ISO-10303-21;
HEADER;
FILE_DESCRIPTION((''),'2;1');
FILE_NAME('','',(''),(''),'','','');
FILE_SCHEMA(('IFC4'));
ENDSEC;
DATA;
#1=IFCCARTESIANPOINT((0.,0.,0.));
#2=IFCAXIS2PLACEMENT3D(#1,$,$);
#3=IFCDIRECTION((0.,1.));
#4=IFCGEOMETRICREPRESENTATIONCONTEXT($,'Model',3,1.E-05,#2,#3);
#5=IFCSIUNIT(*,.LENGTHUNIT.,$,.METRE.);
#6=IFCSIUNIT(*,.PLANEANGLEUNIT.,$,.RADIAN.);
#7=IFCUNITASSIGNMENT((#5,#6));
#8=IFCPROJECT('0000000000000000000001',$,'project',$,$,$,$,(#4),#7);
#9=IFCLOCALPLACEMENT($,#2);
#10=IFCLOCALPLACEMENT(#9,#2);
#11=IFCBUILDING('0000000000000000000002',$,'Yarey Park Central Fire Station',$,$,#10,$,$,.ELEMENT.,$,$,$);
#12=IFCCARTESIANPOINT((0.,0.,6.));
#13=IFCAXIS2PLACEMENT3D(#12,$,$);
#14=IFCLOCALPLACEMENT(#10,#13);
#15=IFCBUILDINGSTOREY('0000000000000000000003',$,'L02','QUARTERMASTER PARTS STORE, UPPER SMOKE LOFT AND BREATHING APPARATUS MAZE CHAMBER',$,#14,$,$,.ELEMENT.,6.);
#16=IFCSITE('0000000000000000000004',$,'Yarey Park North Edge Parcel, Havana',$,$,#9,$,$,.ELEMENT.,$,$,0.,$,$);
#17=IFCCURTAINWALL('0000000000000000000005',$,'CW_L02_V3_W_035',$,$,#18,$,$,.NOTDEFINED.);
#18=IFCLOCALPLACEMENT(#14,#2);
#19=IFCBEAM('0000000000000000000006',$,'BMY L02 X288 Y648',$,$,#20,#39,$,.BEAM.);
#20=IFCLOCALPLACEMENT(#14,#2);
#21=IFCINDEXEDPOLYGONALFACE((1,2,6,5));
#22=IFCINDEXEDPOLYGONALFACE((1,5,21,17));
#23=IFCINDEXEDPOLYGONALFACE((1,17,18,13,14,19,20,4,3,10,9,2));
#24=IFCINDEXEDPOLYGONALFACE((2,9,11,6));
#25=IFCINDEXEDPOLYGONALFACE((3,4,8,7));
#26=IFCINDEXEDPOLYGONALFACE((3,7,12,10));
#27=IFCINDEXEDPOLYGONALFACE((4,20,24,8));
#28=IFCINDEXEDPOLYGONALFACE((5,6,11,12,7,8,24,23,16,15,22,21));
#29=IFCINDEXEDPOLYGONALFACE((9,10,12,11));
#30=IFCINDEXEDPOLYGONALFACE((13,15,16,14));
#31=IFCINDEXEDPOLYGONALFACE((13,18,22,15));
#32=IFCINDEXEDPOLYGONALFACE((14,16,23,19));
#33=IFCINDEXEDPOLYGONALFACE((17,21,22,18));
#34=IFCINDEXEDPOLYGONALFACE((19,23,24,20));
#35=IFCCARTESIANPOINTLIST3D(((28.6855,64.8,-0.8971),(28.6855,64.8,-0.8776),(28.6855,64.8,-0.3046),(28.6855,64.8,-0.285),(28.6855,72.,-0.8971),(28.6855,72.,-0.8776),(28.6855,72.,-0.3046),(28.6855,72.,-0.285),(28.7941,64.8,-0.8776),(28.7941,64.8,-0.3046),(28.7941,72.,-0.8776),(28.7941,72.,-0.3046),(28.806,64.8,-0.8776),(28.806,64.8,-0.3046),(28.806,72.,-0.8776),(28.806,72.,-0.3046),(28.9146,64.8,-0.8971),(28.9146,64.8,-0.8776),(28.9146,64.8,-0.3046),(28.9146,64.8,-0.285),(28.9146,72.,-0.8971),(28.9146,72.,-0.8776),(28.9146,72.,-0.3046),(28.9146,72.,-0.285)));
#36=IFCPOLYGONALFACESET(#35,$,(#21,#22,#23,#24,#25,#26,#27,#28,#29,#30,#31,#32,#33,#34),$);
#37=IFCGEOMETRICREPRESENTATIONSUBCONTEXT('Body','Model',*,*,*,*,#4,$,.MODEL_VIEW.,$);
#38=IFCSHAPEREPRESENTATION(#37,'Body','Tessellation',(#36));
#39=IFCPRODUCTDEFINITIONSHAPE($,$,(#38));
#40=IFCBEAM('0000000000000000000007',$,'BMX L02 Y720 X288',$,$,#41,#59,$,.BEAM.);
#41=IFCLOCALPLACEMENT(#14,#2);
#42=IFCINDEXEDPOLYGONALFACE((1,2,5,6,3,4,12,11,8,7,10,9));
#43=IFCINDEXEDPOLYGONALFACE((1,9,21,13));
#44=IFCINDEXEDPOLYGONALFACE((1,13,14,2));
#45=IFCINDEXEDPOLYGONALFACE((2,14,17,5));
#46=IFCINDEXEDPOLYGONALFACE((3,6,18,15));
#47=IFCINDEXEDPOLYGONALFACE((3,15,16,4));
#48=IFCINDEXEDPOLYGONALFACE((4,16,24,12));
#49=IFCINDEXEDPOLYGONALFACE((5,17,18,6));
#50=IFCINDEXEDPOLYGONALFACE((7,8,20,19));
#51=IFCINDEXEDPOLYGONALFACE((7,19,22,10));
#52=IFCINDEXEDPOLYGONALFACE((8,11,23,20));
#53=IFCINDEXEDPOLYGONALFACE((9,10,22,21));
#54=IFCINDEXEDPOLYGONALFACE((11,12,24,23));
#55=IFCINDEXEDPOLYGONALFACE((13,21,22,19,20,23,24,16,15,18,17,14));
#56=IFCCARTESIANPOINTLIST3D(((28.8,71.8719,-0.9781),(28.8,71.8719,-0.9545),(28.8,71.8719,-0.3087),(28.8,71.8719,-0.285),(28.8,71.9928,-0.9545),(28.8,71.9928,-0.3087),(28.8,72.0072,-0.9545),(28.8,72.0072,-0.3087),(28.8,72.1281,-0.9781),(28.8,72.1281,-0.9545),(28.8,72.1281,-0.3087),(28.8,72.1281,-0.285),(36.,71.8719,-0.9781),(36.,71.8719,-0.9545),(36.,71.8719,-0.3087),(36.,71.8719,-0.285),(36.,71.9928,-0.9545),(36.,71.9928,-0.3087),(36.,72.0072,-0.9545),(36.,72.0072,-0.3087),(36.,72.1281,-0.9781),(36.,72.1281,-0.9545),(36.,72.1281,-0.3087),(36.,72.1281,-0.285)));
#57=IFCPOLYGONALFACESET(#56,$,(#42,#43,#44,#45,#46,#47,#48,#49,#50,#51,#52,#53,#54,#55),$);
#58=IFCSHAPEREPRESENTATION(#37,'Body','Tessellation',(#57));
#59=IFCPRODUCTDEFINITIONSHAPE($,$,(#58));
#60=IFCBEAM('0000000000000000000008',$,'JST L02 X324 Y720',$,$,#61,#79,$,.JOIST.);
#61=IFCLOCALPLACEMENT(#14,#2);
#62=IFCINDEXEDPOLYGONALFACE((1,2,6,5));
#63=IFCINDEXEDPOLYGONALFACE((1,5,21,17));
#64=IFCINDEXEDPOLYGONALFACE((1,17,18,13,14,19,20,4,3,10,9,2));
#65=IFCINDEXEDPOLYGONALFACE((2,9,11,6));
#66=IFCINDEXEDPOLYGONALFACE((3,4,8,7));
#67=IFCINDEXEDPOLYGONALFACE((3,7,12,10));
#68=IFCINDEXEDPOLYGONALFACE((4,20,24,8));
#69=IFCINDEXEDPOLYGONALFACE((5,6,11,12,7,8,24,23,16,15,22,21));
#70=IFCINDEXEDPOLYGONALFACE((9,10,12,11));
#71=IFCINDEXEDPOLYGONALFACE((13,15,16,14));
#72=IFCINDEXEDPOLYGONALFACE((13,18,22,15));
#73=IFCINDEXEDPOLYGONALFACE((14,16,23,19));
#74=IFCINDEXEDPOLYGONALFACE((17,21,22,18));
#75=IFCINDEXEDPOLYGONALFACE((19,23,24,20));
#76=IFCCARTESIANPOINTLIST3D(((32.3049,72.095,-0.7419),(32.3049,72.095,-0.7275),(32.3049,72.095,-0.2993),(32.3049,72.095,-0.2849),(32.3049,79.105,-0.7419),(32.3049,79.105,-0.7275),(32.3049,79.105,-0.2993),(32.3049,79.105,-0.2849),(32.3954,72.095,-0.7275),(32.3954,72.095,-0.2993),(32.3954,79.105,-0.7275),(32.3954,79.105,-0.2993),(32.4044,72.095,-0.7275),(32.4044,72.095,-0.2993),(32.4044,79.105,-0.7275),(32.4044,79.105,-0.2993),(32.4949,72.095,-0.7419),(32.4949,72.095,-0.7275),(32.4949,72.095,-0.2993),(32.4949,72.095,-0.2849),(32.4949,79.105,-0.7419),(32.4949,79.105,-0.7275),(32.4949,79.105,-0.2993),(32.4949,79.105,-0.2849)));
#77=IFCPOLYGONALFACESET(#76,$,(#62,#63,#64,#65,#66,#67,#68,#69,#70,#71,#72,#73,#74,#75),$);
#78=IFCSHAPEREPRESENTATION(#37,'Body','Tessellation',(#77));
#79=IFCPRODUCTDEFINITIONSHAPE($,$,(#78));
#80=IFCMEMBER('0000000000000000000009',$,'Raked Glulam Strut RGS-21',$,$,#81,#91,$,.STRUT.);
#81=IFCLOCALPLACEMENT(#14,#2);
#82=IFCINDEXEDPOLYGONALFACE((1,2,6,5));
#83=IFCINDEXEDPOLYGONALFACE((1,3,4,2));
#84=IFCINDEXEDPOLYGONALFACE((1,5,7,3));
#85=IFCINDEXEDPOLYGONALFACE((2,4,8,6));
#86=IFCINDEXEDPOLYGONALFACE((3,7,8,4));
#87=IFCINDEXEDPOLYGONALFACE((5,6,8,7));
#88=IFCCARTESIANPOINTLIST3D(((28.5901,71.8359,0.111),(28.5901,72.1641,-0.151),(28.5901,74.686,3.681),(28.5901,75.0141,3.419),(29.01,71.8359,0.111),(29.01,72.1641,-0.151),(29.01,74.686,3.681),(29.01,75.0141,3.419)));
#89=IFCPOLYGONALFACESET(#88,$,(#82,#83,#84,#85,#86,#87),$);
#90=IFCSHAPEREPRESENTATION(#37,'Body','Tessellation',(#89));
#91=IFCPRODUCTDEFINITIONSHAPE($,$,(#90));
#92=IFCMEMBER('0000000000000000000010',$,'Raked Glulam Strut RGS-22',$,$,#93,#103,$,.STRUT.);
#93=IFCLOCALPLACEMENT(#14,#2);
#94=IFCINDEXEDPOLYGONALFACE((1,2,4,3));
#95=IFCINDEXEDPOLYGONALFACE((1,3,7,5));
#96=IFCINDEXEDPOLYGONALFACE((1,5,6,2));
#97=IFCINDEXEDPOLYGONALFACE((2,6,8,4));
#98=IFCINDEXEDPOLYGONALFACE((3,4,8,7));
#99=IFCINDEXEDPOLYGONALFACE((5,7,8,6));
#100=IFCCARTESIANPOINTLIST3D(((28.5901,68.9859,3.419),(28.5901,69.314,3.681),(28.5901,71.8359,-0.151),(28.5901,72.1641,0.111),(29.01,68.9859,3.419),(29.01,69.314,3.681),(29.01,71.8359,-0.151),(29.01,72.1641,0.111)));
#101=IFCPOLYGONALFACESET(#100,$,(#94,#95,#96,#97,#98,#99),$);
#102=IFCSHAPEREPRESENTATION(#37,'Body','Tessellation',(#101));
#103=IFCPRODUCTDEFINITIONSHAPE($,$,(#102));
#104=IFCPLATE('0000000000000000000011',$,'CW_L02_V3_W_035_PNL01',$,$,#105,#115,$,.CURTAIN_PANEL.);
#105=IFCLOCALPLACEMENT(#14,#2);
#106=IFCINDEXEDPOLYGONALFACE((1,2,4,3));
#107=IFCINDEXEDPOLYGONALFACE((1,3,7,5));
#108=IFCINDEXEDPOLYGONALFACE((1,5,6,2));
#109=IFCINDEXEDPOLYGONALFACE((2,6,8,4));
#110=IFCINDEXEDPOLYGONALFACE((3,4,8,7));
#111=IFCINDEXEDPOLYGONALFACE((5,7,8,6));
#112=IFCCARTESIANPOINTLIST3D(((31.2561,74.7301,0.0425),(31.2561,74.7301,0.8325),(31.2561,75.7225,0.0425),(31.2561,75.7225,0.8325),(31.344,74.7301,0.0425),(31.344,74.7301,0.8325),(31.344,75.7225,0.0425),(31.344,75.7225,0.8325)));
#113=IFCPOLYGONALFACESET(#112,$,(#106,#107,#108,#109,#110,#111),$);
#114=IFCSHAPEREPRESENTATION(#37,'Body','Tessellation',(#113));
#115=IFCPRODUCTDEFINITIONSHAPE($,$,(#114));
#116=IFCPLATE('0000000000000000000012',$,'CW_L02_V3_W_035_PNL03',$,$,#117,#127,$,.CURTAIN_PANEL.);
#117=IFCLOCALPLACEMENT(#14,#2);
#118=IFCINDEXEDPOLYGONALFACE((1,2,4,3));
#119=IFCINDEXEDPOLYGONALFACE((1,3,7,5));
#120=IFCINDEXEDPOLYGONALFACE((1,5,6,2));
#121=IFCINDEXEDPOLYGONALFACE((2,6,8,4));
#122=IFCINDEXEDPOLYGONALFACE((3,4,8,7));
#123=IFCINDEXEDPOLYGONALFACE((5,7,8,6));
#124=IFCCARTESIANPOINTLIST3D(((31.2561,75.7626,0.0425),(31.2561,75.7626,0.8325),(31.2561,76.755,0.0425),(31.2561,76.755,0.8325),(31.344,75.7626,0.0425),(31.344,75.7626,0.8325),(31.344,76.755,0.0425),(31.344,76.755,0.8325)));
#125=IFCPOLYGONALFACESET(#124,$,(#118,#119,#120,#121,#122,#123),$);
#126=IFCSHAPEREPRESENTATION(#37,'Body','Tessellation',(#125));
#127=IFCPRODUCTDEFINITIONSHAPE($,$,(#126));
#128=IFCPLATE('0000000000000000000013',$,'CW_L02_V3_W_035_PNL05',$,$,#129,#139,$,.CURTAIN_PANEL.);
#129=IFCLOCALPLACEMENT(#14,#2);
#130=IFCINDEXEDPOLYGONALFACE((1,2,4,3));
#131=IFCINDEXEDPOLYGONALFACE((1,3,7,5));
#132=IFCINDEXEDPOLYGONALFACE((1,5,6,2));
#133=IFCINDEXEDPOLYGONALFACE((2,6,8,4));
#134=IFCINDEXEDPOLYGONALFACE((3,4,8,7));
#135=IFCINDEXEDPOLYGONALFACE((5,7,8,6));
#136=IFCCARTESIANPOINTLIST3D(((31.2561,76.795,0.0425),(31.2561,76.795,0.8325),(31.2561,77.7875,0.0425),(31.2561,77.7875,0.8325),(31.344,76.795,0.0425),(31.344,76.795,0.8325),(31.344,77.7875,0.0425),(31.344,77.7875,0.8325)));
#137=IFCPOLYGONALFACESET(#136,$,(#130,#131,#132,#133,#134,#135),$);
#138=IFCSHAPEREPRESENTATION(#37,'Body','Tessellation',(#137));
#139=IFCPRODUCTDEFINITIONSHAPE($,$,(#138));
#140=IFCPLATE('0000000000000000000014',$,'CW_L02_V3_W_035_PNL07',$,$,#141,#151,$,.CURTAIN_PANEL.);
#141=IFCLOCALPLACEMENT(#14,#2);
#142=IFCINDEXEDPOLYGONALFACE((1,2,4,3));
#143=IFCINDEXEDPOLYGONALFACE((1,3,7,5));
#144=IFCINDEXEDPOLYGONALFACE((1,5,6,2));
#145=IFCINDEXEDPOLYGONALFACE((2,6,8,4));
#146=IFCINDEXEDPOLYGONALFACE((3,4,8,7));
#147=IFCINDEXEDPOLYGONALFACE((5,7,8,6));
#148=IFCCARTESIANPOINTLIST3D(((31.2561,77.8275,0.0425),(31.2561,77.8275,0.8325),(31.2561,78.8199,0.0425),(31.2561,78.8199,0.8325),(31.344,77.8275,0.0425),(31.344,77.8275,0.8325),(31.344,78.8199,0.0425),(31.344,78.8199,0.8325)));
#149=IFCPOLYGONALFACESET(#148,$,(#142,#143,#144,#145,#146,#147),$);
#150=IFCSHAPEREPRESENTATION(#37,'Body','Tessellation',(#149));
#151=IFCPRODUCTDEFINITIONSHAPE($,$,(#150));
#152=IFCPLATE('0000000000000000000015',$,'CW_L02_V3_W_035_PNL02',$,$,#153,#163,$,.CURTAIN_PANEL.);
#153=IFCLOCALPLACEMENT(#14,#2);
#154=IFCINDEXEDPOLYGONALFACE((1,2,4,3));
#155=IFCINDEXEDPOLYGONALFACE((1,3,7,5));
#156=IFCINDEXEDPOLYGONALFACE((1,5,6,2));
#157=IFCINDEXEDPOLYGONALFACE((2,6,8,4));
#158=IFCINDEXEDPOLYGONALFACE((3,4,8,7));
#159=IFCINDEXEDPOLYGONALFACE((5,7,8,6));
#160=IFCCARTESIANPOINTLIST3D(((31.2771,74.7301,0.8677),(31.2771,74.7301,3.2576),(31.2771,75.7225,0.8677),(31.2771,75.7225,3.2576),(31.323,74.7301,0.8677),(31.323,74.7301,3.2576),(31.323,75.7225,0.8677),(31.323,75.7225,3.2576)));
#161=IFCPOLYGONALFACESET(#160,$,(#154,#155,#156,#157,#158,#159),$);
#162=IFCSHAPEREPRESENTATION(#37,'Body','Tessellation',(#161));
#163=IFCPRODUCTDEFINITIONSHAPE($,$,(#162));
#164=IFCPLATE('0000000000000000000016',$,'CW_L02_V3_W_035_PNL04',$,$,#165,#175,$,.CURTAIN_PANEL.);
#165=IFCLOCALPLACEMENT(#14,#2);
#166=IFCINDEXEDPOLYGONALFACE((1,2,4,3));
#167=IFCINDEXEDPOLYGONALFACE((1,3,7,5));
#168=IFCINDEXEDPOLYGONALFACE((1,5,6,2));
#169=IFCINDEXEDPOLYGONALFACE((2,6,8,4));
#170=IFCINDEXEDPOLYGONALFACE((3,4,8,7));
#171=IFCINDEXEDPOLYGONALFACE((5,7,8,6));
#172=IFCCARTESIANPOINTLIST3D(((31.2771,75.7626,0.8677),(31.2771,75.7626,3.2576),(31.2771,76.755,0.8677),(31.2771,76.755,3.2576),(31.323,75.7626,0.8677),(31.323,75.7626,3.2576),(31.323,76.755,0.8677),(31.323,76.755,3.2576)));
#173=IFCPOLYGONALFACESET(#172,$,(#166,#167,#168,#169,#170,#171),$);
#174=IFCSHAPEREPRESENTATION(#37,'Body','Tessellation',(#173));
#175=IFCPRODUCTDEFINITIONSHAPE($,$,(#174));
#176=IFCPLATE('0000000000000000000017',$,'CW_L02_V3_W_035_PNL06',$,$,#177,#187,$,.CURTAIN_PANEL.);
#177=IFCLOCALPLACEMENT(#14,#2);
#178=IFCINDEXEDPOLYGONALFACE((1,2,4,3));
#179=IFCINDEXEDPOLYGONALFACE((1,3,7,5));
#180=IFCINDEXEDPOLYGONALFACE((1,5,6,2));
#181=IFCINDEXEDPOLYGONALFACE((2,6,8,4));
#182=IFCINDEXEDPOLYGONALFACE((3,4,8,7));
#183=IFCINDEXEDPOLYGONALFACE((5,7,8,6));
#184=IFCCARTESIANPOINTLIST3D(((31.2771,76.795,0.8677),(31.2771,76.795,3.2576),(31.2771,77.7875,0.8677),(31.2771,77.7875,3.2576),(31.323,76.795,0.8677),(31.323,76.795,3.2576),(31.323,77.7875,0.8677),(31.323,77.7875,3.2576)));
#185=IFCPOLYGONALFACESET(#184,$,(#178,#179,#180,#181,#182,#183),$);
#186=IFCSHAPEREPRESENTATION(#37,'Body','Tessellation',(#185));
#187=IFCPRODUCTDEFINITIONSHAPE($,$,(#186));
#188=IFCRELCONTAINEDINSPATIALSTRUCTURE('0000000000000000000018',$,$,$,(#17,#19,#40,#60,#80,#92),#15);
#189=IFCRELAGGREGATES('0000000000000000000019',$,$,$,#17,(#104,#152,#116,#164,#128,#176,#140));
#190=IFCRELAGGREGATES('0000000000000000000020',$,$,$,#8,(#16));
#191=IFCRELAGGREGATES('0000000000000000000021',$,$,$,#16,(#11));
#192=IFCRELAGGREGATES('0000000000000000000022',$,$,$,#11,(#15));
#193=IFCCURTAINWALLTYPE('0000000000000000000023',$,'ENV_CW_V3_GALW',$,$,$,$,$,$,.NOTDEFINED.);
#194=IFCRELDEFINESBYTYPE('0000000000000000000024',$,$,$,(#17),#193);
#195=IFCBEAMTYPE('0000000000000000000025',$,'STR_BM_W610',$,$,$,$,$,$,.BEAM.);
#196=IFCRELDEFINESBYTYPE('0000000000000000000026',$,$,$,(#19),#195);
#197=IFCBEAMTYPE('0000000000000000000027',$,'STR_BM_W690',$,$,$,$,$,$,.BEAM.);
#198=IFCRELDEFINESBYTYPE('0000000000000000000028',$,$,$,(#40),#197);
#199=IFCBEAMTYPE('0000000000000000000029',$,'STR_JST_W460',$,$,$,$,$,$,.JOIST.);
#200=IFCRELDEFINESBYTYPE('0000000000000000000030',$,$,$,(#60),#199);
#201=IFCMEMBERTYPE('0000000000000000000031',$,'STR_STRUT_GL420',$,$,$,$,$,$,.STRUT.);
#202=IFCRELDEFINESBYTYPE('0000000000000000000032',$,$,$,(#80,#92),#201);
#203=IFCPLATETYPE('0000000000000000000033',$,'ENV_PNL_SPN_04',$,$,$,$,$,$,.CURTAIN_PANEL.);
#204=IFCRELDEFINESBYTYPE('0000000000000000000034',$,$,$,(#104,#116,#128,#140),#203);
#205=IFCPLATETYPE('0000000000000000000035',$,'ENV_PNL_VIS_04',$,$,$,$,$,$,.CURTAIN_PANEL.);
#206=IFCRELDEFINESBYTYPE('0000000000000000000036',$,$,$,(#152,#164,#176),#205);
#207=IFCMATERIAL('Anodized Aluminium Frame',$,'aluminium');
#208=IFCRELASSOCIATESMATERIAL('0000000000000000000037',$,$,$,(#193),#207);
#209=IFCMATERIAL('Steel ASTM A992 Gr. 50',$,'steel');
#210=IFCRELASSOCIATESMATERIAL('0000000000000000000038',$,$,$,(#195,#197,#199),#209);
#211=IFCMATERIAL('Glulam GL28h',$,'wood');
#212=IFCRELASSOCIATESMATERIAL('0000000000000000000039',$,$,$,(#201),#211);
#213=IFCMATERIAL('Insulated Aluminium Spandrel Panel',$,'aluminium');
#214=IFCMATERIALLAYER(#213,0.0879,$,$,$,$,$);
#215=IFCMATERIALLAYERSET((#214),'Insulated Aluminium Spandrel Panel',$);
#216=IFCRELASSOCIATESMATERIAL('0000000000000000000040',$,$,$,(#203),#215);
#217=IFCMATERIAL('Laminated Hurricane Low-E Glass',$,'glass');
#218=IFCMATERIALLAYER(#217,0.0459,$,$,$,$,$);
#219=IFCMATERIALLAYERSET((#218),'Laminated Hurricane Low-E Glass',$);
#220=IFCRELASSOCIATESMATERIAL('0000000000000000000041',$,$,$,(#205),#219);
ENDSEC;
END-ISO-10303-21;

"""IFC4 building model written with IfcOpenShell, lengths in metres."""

from ifc_helpers import new_model, si_unit, direction, frame, origin, origin_2d, place, context, subcontext, project, spatial, rectangle, i_section, extrude, material, layer, layer_set, material_profile, profile_set, type_object, element, aggregate, save


model = new_model("IFC4")

# Units and contexts
model_context = context("Model", 3, precision=1e-05, world=origin(), true_north=direction((0.0, 1.0)))
body_context = subcontext(model_context, "Body", "Model", "MODEL_VIEW")
ifc_project = project(units=[si_unit("LENGTHUNIT", "METRE"), si_unit("PLANEANGLEUNIT", "RADIAN")], contexts=[model_context])

# Site, building, storey
site_placement = place(None, origin())
site = spatial("IfcSite", under=ifc_project, at=site_placement, Name="Yarey Park North Edge Parcel, Havana", CompositionType="ELEMENT", RefElevation=0.0)
building_placement = place(site_placement, origin())
building = spatial("IfcBuilding", under=site, at=building_placement, Name="Yarey Park Central Fire Station", CompositionType="ELEMENT")
storey_placement = place(building_placement, frame((0.0, 0.0, 6.0)))
storey = spatial("IfcBuildingStorey", under=building, at=storey_placement, Name="L02", Description="QUARTERMASTER PARTS STORE, UPPER SMOKE LOFT AND BREATHING APPARATUS MAZE CHAMBER", CompositionType="ELEMENT", Elevation=6.0)

# Shared definitions
ifc_material_1 = material(Name="Steel ASTM A992 Gr. 50", Category="steel")

# Curtain wall
ifc_material_2 = material(Name="Anodized Aluminium Frame", Category="aluminium")
curtain_wall_type = type_object("IfcCurtainWallType", Name="ENV_CW_V3_GALW", PredefinedType="NOTDEFINED", material=ifc_material_2)
curtain_wall_placement = place(storey_placement, origin())
curtain_wall = element("IfcCurtainWall", 1, at=curtain_wall_placement, inside=storey, type_object=curtain_wall_type, Name="CW_L02_V3_W_035", PredefinedType="NOTDEFINED")

# Beams
ifc_material_profile_1 = material_profile(ifc_material_1, i_section(OverallWidth=0.229, OverallDepth=0.6121, WebThickness=0.012, FlangeThickness=0.0195, at=origin_2d()), Name="W610x125")
ifc_profile_set_1 = profile_set([ifc_material_profile_1], Name="Steel ASTM A992 Gr. 50")
beam_type_1 = type_object("IfcBeamType", Name="STR_BM_W610", PredefinedType="BEAM", material=ifc_profile_set_1)
beam_1_placement = place(storey_placement, frame((28.8, 64.8, -0.5911), z_axis=(0.0, 1.0, 0.0), x_axis=(-1.0, 0.0, 0.0)))
element("IfcBeam", 2, at=beam_1_placement, inside=storey, type_object=beam_type_1, Name="BMY L02 X288 Y648", PredefinedType="BEAM", context=body_context, shape_type="SweptSolid", body=[
    extrude(i_section(OverallWidth=0.229, OverallDepth=0.6121, WebThickness=0.012, FlangeThickness=0.0195, at=origin_2d()), origin(), (0.0, 0.0, 1.0), 7.2),
])
ifc_material_profile_2 = material_profile(ifc_material_1, i_section(OverallWidth=0.2561, OverallDepth=0.6931, WebThickness=0.0144, FlangeThickness=0.0237, at=origin_2d()), Name="W690x170")
ifc_profile_set_2 = profile_set([ifc_material_profile_2], Name="Steel ASTM A992 Gr. 50")
beam_type_2 = type_object("IfcBeamType", Name="STR_BM_W690", PredefinedType="BEAM", material=ifc_profile_set_2)
beam_2_placement = place(storey_placement, frame((28.8, 72.0, -0.6316), z_axis=(1.0, 0.0, 0.0), x_axis=(0.0, 1.0, 0.0)))
element("IfcBeam", 3, at=beam_2_placement, inside=storey, type_object=beam_type_2, Name="BMX L02 Y720 X288", PredefinedType="BEAM", context=body_context, shape_type="SweptSolid", body=[
    extrude(i_section(OverallWidth=0.2561, OverallDepth=0.6931, WebThickness=0.0144, FlangeThickness=0.0237, at=origin_2d()), origin(), (0.0, 0.0, 1.0), 7.2),
])
ifc_material_profile_3 = material_profile(ifc_material_1, i_section(OverallWidth=0.1899, OverallDepth=0.457, WebThickness=0.009, FlangeThickness=0.0144, at=origin_2d()), Name="W460x74")
ifc_profile_set_3 = profile_set([ifc_material_profile_3], Name="Steel ASTM A992 Gr. 50")
beam_type_3 = type_object("IfcBeamType", Name="STR_JST_W460", PredefinedType="JOIST", material=ifc_profile_set_3)
beam_3_placement = place(storey_placement, frame((32.3999, 72.095, -0.5134), z_axis=(0.0, 1.0, 0.0), x_axis=(-1.0, 0.0, 0.0)))
element("IfcBeam", 4, at=beam_3_placement, inside=storey, type_object=beam_type_3, Name="JST L02 X324 Y720", PredefinedType="JOIST", context=body_context, shape_type="SweptSolid", body=[
    extrude(i_section(OverallWidth=0.1899, OverallDepth=0.457, WebThickness=0.009, FlangeThickness=0.0144, at=origin_2d()), origin(), (0.0, 0.0, 1.0), 7.01),
])

# Members
ifc_material_3 = material(Name="Glulam GL28h", Category="wood")
ifc_material_profile_4 = material_profile(ifc_material_3, rectangle(XDim=0.4199, YDim=0.4199, at=origin_2d()), Name="GL 420x420")
ifc_profile_set_4 = profile_set([ifc_material_profile_4], Name="Glulam GL28h")
member_type_1 = type_object("IfcMemberType", Name="STR_STRUT_GL420", PredefinedType="STRUT", material=ifc_profile_set_4)
for number, where, z_axis, x_axis, name in (
    (5, (28.8, 72.0, -0.02), (0.0, 0.6239, 0.781505), (-1.0, 0.0, 0.0), "Raked Glulam Strut RGS-21"),
    (6, (28.8, 72.0, -0.02), (0.0, -0.6239, 0.781505), (1.0, 0.0, 0.0), "Raked Glulam Strut RGS-22"),
):
    element("IfcMember", number, at=place(storey_placement, frame(where, z_axis=z_axis, x_axis=x_axis)), inside=storey, type_object=member_type_1, Name=name, PredefinedType="STRUT", context=body_context, shape_type="SweptSolid", body=[
        extrude(rectangle(XDim=0.4199, YDim=0.4199, at=origin_2d()), origin(), (0.0, 0.0, 1.0), 4.5681),
    ])

# Plates
ifc_material_4 = material(Name="Insulated Aluminium Spandrel Panel", Category="aluminium")
ifc_layer_1 = layer(ifc_material_4, 0.0879)
ifc_layer_set_1 = layer_set([ifc_layer_1], Name="Insulated Aluminium Spandrel Panel")
plate_type_1 = type_object("IfcPlateType", Name="ENV_PNL_SPN_04", PredefinedType="CURTAIN_PANEL", material=ifc_layer_set_1)
plate_1_placement = place(storey_placement, frame((31.3, 75.2263, 0.0425), z_axis=(0.0, 0.0, 1.0), x_axis=(0.0, 1.0, 0.0)))
plate_1 = element("IfcPlate", 7, at=plate_1_placement, type_object=plate_type_1, Name="CW_L02_V3_W_035_PNL01", PredefinedType="CURTAIN_PANEL", context=body_context, shape_type="SweptSolid", body=[
    extrude(rectangle(XDim=0.9924, YDim=0.0879, at=origin_2d()), origin(), (0.0, 0.0, 1.0), 0.79),
])
plate_2_placement = place(storey_placement, frame((31.3, 76.2588, 0.0425), z_axis=(0.0, 0.0, 1.0), x_axis=(0.0, 1.0, 0.0)))
plate_2 = element("IfcPlate", 8, at=plate_2_placement, type_object=plate_type_1, Name="CW_L02_V3_W_035_PNL03", PredefinedType="CURTAIN_PANEL", context=body_context, shape_type="SweptSolid", body=[
    extrude(rectangle(XDim=0.9924, YDim=0.0879, at=origin_2d()), origin(), (0.0, 0.0, 1.0), 0.79),
])
plate_3_placement = place(storey_placement, frame((31.3, 77.2913, 0.0425), z_axis=(0.0, 0.0, 1.0), x_axis=(0.0, 1.0, 0.0)))
plate_3 = element("IfcPlate", 9, at=plate_3_placement, type_object=plate_type_1, Name="CW_L02_V3_W_035_PNL05", PredefinedType="CURTAIN_PANEL", context=body_context, shape_type="SweptSolid", body=[
    extrude(rectangle(XDim=0.9924, YDim=0.0879, at=origin_2d()), origin(), (0.0, 0.0, 1.0), 0.79),
])
plate_4_placement = place(storey_placement, frame((31.3, 78.3237, 0.0425), z_axis=(0.0, 0.0, 1.0), x_axis=(0.0, 1.0, 0.0)))
plate_4 = element("IfcPlate", 10, at=plate_4_placement, type_object=plate_type_1, Name="CW_L02_V3_W_035_PNL07", PredefinedType="CURTAIN_PANEL", context=body_context, shape_type="SweptSolid", body=[
    extrude(rectangle(XDim=0.9924, YDim=0.0879, at=origin_2d()), origin(), (0.0, 0.0, 1.0), 0.79),
])
ifc_material_5 = material(Name="Laminated Hurricane Low-E Glass", Category="glass")
ifc_layer_2 = layer(ifc_material_5, 0.0459)
ifc_layer_set_2 = layer_set([ifc_layer_2], Name="Laminated Hurricane Low-E Glass")
plate_type_2 = type_object("IfcPlateType", Name="ENV_PNL_VIS_04", PredefinedType="CURTAIN_PANEL", material=ifc_layer_set_2)
plate_5_placement = place(storey_placement, frame((31.3, 75.2263, 0.8677), z_axis=(0.0, 0.0, 1.0), x_axis=(0.0, 1.0, 0.0)))
plate_5 = element("IfcPlate", 11, at=plate_5_placement, type_object=plate_type_2, Name="CW_L02_V3_W_035_PNL02", PredefinedType="CURTAIN_PANEL", context=body_context, shape_type="SweptSolid", body=[
    extrude(rectangle(XDim=0.9924, YDim=0.0459, at=origin_2d()), origin(), (0.0, 0.0, 1.0), 2.3899),
])
plate_6_placement = place(storey_placement, frame((31.3, 76.2588, 0.8677), z_axis=(0.0, 0.0, 1.0), x_axis=(0.0, 1.0, 0.0)))
plate_6 = element("IfcPlate", 12, at=plate_6_placement, type_object=plate_type_2, Name="CW_L02_V3_W_035_PNL04", PredefinedType="CURTAIN_PANEL", context=body_context, shape_type="SweptSolid", body=[
    extrude(rectangle(XDim=0.9924, YDim=0.0459, at=origin_2d()), origin(), (0.0, 0.0, 1.0), 2.3899),
])
plate_7_placement = place(storey_placement, frame((31.3, 77.2913, 0.8677), z_axis=(0.0, 0.0, 1.0), x_axis=(0.0, 1.0, 0.0)))
plate_7 = element("IfcPlate", 13, at=plate_7_placement, type_object=plate_type_2, Name="CW_L02_V3_W_035_PNL06", PredefinedType="CURTAIN_PANEL", context=body_context, shape_type="SweptSolid", body=[
    extrude(rectangle(XDim=0.9924, YDim=0.0459, at=origin_2d()), origin(), (0.0, 0.0, 1.0), 2.3899),
])
aggregate(curtain_wall, [plate_1, plate_5, plate_2, plate_6, plate_3, plate_7, plate_4])

save(model, "model.ifc")
